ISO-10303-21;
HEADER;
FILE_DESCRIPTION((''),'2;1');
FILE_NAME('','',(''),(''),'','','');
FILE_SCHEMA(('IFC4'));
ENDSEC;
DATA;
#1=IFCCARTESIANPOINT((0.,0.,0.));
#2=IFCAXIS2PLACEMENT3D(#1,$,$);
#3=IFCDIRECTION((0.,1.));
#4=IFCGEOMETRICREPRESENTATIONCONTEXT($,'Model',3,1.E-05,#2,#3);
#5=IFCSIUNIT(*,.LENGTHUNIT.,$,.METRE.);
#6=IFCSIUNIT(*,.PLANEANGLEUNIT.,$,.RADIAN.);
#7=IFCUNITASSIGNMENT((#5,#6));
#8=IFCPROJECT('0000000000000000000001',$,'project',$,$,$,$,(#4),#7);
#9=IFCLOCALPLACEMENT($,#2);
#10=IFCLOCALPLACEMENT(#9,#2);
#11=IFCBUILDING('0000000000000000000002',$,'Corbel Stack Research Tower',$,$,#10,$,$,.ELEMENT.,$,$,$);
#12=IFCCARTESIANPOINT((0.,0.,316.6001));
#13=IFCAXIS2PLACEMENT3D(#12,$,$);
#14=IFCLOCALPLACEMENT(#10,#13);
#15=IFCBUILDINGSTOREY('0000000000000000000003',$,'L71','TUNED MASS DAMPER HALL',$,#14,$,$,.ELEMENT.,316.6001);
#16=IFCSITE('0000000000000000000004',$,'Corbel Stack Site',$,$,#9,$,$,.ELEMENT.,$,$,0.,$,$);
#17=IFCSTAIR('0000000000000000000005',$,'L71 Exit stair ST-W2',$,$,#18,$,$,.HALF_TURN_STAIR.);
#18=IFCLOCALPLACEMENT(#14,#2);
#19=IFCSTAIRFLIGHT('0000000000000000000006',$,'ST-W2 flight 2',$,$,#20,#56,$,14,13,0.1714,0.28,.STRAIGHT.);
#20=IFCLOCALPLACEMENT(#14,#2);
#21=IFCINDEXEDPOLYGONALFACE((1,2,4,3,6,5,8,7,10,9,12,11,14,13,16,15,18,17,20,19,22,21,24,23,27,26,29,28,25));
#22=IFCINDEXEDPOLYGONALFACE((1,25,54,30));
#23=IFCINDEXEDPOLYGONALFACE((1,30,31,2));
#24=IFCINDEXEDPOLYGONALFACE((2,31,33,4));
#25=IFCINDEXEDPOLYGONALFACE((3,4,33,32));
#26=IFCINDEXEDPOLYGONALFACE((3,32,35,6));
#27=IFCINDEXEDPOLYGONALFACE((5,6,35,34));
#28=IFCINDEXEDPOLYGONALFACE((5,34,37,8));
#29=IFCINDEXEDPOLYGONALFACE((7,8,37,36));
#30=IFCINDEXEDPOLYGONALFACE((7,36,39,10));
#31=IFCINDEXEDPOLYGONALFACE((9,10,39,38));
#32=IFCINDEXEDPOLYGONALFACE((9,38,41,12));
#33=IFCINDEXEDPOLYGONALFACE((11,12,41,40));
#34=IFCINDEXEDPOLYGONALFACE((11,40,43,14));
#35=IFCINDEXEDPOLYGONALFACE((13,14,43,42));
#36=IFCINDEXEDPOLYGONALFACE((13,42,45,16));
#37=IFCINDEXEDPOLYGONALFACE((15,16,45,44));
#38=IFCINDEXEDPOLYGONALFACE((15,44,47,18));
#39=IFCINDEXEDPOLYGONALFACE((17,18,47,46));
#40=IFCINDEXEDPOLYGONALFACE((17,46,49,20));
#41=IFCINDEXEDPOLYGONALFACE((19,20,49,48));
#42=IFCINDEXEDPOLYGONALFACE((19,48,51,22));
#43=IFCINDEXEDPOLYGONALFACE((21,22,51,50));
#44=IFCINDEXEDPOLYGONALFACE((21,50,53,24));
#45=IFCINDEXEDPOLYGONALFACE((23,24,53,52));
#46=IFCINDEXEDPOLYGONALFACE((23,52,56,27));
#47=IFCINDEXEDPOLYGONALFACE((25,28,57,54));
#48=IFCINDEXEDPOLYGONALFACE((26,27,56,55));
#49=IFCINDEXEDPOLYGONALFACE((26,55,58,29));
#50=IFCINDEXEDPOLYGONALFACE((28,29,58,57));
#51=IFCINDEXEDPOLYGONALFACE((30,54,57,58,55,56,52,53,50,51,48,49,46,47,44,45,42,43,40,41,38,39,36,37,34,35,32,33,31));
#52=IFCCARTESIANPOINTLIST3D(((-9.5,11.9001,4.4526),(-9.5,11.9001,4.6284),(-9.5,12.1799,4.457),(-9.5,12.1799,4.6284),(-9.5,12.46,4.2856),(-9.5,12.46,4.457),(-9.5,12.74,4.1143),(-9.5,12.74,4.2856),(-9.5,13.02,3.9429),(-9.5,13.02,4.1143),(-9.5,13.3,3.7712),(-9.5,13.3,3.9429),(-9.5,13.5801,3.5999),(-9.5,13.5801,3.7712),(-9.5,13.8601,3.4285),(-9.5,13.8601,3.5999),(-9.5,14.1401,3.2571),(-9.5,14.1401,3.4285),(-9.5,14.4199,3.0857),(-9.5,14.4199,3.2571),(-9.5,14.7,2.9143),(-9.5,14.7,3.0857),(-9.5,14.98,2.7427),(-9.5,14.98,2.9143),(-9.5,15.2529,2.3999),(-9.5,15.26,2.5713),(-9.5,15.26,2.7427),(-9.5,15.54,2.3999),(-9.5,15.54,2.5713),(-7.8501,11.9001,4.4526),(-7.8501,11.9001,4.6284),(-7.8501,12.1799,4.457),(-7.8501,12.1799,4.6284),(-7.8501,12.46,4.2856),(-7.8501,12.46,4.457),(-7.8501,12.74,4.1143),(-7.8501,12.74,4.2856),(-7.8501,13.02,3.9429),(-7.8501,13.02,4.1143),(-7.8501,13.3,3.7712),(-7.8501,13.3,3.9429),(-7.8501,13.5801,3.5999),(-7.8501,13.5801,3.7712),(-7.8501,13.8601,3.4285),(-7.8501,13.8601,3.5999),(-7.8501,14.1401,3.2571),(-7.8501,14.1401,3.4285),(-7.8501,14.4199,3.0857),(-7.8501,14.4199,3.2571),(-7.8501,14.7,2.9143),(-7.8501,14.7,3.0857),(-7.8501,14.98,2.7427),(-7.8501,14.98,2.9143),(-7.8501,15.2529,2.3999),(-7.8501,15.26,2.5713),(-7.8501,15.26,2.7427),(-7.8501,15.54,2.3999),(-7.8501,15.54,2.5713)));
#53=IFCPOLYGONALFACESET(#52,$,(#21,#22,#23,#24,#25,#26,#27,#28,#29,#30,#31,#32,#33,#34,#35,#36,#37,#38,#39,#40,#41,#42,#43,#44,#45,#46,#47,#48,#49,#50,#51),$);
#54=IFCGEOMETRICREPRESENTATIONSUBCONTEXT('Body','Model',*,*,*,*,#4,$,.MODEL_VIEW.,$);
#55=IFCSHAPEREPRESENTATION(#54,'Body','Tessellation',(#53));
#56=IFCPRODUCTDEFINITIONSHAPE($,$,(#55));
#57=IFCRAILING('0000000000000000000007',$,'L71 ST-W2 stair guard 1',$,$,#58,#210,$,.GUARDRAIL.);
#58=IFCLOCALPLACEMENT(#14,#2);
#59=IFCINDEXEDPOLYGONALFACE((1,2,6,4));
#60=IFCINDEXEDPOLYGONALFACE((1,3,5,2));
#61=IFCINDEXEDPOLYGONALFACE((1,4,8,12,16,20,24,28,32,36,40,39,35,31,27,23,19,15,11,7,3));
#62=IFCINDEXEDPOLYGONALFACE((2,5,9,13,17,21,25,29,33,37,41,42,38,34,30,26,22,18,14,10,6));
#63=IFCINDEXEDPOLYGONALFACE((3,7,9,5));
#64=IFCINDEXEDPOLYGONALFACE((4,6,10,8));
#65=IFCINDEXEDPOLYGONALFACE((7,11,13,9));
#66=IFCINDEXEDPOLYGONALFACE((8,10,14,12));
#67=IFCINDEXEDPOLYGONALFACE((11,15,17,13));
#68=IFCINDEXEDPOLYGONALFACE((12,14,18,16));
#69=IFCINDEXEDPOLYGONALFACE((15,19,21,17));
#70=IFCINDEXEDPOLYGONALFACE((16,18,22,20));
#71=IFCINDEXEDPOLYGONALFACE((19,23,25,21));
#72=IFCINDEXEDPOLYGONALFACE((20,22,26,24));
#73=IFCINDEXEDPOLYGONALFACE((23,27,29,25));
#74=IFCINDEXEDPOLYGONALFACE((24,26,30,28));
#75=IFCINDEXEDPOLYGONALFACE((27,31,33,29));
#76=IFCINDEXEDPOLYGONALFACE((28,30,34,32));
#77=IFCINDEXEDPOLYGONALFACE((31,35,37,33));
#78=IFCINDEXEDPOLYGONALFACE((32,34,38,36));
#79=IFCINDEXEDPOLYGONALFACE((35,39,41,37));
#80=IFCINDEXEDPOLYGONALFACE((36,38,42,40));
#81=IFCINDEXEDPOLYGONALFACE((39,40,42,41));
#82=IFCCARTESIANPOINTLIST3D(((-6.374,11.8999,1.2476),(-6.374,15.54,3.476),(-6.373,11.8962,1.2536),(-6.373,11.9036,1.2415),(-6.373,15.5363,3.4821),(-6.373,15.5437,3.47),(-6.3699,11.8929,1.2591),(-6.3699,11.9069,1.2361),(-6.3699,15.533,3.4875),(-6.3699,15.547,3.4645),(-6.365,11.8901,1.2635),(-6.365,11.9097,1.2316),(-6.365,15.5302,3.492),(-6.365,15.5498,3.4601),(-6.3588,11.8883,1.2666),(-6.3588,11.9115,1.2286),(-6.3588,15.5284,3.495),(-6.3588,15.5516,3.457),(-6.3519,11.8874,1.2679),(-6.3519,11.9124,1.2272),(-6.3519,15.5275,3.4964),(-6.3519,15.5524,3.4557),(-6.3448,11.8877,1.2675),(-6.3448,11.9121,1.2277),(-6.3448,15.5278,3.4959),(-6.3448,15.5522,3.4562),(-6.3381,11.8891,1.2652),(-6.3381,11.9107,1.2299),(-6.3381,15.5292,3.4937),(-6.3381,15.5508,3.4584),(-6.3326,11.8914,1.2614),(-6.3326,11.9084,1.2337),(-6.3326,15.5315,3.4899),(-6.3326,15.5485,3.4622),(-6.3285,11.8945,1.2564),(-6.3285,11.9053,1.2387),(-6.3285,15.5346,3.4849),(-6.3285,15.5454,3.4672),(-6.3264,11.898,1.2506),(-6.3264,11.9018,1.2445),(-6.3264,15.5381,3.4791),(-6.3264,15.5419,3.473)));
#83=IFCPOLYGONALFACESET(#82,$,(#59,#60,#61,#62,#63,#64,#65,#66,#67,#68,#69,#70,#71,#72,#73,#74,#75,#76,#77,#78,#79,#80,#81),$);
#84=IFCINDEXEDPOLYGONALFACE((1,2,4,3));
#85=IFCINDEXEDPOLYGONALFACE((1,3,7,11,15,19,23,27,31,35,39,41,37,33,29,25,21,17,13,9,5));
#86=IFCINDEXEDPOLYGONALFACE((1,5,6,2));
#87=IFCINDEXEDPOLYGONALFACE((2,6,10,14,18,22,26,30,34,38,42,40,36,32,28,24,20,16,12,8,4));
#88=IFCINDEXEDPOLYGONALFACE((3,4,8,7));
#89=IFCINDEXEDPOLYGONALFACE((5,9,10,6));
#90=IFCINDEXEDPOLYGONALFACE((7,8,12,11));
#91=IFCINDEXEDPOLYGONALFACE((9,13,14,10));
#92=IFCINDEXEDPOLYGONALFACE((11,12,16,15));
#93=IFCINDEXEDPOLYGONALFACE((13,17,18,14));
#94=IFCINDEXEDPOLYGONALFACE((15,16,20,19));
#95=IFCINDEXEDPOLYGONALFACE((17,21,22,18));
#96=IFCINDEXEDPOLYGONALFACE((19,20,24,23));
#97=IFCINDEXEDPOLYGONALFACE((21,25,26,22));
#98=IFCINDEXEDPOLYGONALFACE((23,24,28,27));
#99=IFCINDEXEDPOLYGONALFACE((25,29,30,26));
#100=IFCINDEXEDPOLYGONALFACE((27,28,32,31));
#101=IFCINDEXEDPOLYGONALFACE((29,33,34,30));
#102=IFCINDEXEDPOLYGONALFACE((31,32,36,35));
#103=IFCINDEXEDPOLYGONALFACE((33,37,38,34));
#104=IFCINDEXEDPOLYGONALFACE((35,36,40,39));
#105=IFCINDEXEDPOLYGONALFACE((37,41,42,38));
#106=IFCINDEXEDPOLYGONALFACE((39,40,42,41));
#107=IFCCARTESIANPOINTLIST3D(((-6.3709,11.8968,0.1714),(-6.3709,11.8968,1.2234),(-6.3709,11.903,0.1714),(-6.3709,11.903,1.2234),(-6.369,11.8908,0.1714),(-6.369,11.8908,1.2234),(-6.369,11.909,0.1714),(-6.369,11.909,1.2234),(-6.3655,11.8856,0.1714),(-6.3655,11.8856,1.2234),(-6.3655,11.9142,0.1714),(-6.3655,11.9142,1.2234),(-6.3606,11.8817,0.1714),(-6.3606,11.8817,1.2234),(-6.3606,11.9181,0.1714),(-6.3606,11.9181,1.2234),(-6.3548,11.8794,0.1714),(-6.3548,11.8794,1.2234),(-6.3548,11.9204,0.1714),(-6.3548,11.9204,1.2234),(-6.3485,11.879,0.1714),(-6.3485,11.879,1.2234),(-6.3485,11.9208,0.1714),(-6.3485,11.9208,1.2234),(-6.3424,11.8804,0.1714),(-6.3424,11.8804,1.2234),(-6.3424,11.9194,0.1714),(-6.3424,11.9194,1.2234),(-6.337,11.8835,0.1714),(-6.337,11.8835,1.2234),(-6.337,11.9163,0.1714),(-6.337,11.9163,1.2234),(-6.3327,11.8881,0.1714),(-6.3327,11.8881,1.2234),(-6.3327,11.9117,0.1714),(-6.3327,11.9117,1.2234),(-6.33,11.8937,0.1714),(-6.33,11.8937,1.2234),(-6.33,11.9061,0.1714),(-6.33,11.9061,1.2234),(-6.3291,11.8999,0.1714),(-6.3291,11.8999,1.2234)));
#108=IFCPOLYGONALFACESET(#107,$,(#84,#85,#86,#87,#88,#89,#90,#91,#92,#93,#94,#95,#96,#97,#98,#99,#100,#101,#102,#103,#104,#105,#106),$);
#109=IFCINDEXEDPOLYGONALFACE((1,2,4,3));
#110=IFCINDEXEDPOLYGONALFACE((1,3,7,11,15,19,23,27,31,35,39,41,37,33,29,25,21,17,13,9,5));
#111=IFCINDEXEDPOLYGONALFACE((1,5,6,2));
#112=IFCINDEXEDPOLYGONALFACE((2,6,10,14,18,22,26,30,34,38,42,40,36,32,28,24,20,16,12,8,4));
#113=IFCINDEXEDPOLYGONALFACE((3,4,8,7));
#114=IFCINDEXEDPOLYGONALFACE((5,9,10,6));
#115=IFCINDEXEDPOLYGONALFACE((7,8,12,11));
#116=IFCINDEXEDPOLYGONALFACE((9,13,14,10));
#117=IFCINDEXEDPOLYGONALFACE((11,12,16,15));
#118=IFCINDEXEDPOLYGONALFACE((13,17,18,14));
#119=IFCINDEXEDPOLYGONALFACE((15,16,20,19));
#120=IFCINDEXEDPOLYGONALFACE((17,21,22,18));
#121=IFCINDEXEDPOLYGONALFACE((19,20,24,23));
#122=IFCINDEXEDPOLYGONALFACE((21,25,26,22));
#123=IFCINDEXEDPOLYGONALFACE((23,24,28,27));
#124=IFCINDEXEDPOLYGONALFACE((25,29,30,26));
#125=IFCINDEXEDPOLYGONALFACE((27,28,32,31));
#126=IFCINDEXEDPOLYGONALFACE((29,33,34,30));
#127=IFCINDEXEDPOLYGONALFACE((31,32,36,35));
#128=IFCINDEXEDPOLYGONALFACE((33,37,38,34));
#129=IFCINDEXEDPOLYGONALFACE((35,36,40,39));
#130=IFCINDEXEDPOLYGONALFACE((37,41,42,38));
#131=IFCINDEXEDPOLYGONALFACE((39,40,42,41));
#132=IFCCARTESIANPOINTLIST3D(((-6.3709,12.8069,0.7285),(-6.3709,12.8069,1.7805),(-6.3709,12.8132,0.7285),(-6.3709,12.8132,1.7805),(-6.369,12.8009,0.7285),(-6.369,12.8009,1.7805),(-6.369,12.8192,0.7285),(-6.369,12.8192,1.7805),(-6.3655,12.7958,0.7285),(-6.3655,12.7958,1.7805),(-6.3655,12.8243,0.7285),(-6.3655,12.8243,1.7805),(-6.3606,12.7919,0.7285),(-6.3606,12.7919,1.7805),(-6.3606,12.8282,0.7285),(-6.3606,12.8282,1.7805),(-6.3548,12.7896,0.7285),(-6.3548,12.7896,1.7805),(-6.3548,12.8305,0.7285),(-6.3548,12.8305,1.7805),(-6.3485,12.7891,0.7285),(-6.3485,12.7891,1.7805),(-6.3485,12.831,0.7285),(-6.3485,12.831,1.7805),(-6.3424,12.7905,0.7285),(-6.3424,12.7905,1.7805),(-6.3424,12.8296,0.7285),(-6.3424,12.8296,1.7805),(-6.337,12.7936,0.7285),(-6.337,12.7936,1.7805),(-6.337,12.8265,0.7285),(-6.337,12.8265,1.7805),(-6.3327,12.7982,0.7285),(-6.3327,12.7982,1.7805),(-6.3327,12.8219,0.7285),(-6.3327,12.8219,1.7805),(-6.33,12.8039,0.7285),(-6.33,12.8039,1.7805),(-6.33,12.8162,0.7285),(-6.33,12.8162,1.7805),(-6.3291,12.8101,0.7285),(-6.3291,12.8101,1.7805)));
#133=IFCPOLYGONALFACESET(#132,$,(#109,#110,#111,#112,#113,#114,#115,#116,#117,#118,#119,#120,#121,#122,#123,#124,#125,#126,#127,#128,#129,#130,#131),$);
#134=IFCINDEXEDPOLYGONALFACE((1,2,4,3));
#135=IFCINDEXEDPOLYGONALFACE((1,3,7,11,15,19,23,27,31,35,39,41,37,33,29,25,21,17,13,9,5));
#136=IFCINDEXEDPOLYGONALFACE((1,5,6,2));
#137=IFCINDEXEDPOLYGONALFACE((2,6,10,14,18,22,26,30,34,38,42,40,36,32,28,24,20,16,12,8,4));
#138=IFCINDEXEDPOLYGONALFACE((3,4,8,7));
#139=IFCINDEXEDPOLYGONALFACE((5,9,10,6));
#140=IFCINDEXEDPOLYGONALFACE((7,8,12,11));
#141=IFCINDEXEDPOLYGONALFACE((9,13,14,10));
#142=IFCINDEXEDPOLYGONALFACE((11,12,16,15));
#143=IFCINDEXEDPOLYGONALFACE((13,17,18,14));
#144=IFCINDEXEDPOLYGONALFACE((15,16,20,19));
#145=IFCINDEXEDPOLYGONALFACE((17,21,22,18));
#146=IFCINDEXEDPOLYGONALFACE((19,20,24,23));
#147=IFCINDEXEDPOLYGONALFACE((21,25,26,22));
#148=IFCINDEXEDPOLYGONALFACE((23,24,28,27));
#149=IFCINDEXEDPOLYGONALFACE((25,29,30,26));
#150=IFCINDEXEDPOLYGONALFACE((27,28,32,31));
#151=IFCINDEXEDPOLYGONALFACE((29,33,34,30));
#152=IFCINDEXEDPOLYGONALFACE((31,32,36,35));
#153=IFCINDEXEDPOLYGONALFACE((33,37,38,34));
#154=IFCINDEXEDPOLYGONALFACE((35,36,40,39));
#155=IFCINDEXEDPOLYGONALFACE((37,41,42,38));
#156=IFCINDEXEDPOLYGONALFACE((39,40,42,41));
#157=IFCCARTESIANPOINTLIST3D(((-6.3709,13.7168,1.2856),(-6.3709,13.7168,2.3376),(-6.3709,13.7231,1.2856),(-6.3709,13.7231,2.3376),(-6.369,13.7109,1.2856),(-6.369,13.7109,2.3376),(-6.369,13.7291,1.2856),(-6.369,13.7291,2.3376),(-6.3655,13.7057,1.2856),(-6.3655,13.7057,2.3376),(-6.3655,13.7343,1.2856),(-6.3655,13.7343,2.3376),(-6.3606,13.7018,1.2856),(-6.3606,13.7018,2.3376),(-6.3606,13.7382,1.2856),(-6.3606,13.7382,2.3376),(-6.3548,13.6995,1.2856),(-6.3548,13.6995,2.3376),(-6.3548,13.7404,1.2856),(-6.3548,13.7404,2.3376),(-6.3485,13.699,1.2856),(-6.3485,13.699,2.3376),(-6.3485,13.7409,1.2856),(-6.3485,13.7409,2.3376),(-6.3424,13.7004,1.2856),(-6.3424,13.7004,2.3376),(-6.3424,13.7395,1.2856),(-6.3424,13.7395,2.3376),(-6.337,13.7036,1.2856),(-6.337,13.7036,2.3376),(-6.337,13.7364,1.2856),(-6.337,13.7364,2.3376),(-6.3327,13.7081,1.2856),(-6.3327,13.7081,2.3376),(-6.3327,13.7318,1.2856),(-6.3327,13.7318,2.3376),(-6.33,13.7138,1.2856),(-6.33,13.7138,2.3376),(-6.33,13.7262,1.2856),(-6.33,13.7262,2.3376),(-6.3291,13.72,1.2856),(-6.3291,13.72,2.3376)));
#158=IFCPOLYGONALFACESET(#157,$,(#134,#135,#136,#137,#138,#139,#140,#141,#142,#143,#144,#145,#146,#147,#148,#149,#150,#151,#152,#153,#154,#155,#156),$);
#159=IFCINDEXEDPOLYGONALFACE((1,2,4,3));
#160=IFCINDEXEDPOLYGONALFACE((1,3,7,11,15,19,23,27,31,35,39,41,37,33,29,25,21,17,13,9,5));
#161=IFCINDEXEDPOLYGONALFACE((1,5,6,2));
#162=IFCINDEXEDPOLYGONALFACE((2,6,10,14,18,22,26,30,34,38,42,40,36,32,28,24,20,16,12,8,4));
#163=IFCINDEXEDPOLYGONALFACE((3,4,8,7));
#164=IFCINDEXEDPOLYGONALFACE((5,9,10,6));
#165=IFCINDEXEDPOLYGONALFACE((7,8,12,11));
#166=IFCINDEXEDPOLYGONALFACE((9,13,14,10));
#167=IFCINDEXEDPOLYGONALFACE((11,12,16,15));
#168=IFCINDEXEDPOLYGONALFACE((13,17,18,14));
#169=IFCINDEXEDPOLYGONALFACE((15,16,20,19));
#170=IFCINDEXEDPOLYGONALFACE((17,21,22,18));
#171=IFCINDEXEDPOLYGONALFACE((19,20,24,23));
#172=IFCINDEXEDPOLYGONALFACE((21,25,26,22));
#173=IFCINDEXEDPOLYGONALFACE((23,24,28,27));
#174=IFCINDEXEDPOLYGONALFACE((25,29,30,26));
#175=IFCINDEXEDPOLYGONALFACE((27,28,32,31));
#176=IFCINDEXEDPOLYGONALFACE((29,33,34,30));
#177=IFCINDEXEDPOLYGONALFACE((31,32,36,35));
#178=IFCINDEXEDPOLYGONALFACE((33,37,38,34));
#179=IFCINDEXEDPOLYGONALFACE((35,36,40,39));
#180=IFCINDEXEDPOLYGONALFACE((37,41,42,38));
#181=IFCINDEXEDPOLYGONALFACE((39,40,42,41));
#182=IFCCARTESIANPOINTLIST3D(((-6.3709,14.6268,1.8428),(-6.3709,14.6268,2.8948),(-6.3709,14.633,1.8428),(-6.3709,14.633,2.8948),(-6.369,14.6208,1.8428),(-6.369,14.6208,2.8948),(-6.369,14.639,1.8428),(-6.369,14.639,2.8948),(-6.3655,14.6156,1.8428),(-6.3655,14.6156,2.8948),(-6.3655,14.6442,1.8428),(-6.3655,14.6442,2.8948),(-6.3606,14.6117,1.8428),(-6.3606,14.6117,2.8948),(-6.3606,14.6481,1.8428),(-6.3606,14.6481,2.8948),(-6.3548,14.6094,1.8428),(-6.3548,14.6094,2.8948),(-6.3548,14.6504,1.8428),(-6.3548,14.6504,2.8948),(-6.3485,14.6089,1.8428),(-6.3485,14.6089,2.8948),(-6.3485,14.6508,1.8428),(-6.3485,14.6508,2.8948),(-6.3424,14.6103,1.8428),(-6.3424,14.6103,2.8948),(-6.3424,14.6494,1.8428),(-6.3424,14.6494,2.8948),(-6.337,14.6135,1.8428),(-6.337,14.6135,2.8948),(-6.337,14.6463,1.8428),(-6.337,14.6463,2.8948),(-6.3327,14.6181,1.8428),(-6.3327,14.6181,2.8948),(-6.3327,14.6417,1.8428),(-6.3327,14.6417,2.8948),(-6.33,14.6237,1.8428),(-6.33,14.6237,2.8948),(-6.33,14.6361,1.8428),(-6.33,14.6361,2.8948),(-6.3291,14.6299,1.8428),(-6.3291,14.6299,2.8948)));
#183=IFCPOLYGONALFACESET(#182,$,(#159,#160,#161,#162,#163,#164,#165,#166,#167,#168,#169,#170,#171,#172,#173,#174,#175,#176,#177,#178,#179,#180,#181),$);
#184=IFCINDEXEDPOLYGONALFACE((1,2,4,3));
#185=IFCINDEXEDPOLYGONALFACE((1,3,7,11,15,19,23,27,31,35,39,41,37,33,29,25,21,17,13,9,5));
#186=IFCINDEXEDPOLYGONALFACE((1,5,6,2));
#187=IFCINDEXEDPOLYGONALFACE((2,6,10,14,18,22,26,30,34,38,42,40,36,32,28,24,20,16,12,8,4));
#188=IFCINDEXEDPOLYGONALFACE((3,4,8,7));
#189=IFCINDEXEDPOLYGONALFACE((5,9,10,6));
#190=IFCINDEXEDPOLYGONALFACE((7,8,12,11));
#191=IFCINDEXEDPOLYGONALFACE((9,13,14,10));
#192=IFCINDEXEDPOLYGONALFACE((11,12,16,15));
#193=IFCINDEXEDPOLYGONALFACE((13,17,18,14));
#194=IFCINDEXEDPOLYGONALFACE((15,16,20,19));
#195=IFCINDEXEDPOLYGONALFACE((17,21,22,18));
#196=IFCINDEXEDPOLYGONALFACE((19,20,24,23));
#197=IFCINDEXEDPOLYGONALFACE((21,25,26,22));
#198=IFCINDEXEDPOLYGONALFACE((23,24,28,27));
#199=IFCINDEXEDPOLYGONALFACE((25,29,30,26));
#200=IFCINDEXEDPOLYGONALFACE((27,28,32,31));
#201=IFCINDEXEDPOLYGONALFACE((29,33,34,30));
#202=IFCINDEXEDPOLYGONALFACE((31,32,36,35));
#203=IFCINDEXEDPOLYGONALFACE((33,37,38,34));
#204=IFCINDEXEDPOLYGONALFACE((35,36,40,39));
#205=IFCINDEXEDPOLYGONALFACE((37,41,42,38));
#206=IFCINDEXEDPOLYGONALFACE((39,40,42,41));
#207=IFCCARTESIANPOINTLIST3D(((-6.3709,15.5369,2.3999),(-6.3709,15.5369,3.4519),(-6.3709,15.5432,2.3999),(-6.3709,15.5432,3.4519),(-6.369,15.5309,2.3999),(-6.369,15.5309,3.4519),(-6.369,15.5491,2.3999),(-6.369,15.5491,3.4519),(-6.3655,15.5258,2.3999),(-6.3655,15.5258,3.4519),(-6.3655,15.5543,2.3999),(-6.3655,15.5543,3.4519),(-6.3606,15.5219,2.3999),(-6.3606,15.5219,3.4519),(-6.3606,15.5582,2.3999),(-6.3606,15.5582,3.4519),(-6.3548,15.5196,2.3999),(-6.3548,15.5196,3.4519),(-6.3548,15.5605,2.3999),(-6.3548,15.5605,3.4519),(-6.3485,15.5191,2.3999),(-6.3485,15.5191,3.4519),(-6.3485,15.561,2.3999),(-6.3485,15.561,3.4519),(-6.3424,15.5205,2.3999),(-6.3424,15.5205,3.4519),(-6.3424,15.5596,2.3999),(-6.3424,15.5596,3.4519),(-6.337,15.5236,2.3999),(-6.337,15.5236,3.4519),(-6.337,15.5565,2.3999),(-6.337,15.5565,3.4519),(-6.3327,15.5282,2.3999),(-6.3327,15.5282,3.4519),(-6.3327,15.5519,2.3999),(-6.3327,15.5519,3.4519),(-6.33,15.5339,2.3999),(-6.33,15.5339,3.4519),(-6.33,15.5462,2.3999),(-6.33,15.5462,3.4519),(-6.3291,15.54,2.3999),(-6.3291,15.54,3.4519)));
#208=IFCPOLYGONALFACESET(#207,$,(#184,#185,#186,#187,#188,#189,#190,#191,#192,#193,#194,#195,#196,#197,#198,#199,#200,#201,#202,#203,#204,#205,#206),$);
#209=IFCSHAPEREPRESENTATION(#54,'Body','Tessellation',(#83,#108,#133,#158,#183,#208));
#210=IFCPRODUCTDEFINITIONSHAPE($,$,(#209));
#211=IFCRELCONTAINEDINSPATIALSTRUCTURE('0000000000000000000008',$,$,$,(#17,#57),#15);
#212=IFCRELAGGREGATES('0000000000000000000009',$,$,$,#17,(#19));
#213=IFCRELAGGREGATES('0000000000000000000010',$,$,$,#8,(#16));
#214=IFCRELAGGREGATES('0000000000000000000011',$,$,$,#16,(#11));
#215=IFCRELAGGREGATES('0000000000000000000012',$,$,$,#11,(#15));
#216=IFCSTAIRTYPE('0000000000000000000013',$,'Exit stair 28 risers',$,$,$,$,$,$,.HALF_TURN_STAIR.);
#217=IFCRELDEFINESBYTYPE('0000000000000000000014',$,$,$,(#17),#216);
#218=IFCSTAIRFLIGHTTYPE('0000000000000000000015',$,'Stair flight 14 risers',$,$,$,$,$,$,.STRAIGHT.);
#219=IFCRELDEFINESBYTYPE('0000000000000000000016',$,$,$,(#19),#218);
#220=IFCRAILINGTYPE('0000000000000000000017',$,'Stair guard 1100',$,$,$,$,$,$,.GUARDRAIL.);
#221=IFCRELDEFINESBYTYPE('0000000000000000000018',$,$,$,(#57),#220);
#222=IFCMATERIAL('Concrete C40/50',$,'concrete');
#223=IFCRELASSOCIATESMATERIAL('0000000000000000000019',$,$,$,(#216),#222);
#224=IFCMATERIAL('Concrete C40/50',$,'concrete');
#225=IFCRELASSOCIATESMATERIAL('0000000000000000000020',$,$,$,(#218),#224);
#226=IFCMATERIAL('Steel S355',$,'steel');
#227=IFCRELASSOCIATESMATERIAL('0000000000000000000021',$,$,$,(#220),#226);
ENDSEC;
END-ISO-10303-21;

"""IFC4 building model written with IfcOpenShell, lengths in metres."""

from ifc_helpers import new_model, si_unit, direction, frame, origin, origin_2d, place, context, subcontext, project, spatial, polyline, circle, outline, extrude, material, type_object, element, aggregate, save


model = new_model("IFC4")

# Units and contexts
model_context = context("Model", 3, precision=1e-05, world=origin(), true_north=direction((0.0, 1.0)))
body_context = subcontext(model_context, "Body", "Model", "MODEL_VIEW")
ifc_project = project(units=[si_unit("LENGTHUNIT", "METRE"), si_unit("PLANEANGLEUNIT", "RADIAN")], contexts=[model_context])

# Site, building, storey
site_placement = place(None, origin())
site = spatial("IfcSite", under=ifc_project, at=site_placement, Name="Corbel Stack Site", CompositionType="ELEMENT", RefElevation=0.0)
building_placement = place(site_placement, origin())
building = spatial("IfcBuilding", under=site, at=building_placement, Name="Corbel Stack Research Tower", CompositionType="ELEMENT")
storey_placement = place(building_placement, frame((0.0, 0.0, 316.6001)))
storey = spatial("IfcBuildingStorey", under=building, at=storey_placement, Name="L71", Description="TUNED MASS DAMPER HALL", CompositionType="ELEMENT", Elevation=316.6001)

# Stair, stair flight
ifc_material_1 = material(Name="Concrete C40/50", Category="concrete")
stair_type = type_object("IfcStairType", Name="Exit stair 28 risers", PredefinedType="HALF_TURN_STAIR", material=ifc_material_1)
stair_placement = place(storey_placement, origin())
stair = element("IfcStair", 1, at=stair_placement, inside=storey, type_object=stair_type, Name="L71 Exit stair ST-W2", PredefinedType="HALF_TURN_STAIR")
ifc_material_2 = material(Name="Concrete C40/50", Category="concrete")
stair_flight_type = type_object("IfcStairFlightType", Name="Stair flight 14 risers", PredefinedType="STRAIGHT", material=ifc_material_2)
stair_flight_1_placement = place(storey_placement, frame((-8.675, 15.54, 2.3999), z_axis=(0.0, 0.0, 1.0), x_axis=(0.0, -1.0, 0.0)))
stair_flight_1 = element("IfcStairFlight", 2, at=stair_flight_1_placement, type_object=stair_flight_type, Name="ST-W2 flight 2", NumberOfRisers=14, NumberOfTreads=13, PredefinedType="STRAIGHT", RiserHeight=0.1714, TreadLength=0.28, context=body_context, shape_type="SweptSolid", body=[
    extrude(outline(polyline([(0.0, 0.0), (0.0, 0.1714), (0.28, 0.1714), (0.28, 0.3428), (0.5601, 0.3428), (0.5601, 0.5144), (0.8401, 0.5144), (0.8401, 0.6858), (1.1201, 0.6858), (1.1201, 0.8572), (1.3999, 0.8572), (1.3999, 1.0286), (1.6799, 1.0286), (1.6799, 1.2), (1.96, 1.2), (1.96, 1.3713), (2.24, 1.3713), (2.24, 1.543), (2.52, 1.543), (2.52, 1.7144), (2.8, 1.7144), (2.8, 1.8857), (3.0801, 1.8857), (3.0801, 2.0571), (3.3601, 2.0571), (3.3601, 2.2285), (3.6399, 2.2285), (3.6399, 2.3999), (3.6399, 2.0527), (0.2871, 0.0), (0.0, 0.0)])), frame((0.0, 0.825, 0.0), z_axis=(0.0, -1.0, 0.0), x_axis=(1.0, 0.0, 0.0)), (0.0, 0.0, 1.0), 1.6499),
])
aggregate(stair, [stair_flight_1])

# Railing
ifc_material_3 = material(Name="Steel S355", Category="steel")
railing_type_1 = type_object("IfcRailingType", Name="Stair guard 1100", PredefinedType="GUARDRAIL", material=ifc_material_3)
railing_1_placement = place(storey_placement, frame((-6.3501, 11.8999, 0.1714)))
element("IfcRailing", 3, at=railing_1_placement, inside=storey, type_object=railing_type_1, Name="L71 ST-W2 stair guard 1", PredefinedType="GUARDRAIL", context=body_context, shape_type="SweptSolid", body=[
    extrude(circle(Radius=0.0239, at=origin_2d()), frame((0.0, 0.0, 1.0762), z_axis=(0.0, 0.852866, 0.52213), x_axis=(-1.0, 0.0, 0.0)), (0.0, 0.0, 1.0), 4.2681),
    extrude(circle(Radius=0.021, at=origin_2d()), origin(), (0.0, 0.0, 1.0), 1.052),
    extrude(circle(Radius=0.021, at=origin_2d()), frame((0.0, 0.9102, 0.5571)), (0.0, 0.0, 1.0), 1.052),
    extrude(circle(Radius=0.021, at=origin_2d()), frame((0.0, 1.8201, 1.1143)), (0.0, 0.0, 1.0), 1.052),
    extrude(circle(Radius=0.021, at=origin_2d()), frame((0.0, 2.73, 1.6714)), (0.0, 0.0, 1.0), 1.052),
    extrude(circle(Radius=0.021, at=origin_2d()), frame((0.0, 3.6401, 2.2285)), (0.0, 0.0, 1.0), 1.052),
])

save(model, "model.ifc")
